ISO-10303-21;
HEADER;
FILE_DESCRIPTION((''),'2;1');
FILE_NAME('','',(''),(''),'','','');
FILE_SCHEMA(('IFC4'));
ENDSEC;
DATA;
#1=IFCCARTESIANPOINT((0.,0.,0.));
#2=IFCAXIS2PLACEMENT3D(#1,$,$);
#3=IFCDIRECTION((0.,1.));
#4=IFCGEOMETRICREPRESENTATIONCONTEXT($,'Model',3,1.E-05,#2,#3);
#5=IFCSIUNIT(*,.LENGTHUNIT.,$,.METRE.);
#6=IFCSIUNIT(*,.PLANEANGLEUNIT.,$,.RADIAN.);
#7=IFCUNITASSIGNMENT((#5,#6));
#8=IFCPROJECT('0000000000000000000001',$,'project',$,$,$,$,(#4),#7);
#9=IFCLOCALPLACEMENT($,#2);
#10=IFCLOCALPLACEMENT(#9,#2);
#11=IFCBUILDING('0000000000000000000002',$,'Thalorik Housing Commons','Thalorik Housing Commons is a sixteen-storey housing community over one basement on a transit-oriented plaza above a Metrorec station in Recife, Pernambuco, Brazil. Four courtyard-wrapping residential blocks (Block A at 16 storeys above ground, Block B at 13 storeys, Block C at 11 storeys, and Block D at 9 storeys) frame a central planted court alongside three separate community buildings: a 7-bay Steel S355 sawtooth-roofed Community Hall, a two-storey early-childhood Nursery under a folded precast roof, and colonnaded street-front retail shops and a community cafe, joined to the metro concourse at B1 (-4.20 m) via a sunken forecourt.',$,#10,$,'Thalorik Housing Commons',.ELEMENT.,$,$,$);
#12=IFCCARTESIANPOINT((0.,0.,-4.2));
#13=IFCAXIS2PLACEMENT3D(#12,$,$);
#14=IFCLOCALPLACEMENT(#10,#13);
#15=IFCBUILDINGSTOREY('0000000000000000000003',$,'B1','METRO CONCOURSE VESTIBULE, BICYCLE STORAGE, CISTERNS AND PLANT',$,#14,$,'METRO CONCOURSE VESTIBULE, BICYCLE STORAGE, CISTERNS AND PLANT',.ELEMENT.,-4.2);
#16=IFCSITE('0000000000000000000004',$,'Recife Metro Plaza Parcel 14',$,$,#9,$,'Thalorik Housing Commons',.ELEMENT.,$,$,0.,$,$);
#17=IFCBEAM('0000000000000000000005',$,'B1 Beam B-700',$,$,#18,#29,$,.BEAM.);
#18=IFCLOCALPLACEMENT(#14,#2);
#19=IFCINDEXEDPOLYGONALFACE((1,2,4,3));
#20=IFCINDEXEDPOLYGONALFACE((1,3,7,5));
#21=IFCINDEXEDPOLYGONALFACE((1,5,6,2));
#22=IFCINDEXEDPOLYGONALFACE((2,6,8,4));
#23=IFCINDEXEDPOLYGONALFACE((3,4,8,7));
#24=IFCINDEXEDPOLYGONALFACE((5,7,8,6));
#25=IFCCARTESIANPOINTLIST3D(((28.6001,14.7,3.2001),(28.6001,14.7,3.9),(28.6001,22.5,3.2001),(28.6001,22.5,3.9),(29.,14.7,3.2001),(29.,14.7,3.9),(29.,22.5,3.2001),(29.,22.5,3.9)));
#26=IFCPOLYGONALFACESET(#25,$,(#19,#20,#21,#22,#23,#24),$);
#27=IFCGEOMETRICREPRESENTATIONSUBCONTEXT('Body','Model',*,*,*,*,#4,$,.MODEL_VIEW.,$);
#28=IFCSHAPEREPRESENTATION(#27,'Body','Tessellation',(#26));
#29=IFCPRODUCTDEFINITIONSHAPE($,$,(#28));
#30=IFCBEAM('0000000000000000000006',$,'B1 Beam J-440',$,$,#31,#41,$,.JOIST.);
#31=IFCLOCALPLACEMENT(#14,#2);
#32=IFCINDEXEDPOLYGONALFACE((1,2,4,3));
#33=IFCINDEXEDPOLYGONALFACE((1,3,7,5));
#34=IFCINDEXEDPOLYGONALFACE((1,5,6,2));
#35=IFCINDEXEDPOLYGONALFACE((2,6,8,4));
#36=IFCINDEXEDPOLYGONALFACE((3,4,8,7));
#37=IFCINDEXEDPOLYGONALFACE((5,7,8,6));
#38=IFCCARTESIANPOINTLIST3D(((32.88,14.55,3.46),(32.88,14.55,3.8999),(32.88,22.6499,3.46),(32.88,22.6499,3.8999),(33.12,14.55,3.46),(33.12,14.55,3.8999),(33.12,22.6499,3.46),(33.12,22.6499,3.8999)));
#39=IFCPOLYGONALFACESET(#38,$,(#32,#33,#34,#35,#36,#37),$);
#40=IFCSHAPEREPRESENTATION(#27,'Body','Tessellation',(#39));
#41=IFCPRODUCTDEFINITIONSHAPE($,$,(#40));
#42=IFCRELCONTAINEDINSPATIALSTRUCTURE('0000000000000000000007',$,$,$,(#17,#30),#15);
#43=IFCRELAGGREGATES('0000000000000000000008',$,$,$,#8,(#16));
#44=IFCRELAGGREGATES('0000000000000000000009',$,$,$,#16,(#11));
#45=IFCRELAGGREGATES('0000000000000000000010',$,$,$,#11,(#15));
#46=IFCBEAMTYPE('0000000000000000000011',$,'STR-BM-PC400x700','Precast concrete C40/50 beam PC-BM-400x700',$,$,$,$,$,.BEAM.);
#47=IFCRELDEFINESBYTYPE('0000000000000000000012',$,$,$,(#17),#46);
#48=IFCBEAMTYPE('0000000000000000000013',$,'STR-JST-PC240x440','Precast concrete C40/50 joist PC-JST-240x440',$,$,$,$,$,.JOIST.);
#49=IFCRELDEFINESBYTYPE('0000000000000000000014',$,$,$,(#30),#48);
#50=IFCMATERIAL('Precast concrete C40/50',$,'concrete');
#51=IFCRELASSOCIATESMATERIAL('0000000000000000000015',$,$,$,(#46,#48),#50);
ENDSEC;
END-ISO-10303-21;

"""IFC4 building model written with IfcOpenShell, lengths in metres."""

from ifc_helpers import new_model, si_unit, direction, frame, origin, origin_2d, place, context, subcontext, project, spatial, rectangle, extrude, material, material_profile, profile_set, type_object, element, save


model = new_model("IFC4")

# Units and contexts
model_context = context("Model", 3, precision=1e-05, world=origin(), true_north=direction((0.0, 1.0)))
body_context = subcontext(model_context, "Body", "Model", "MODEL_VIEW")
ifc_project = project(units=[si_unit("LENGTHUNIT", "METRE"), si_unit("PLANEANGLEUNIT", "RADIAN")], contexts=[model_context])

# Site, building, storey
site_placement = place(None, origin())
site = spatial("IfcSite", under=ifc_project, at=site_placement, Name="Recife Metro Plaza Parcel 14", LongName="Thalorik Housing Commons", CompositionType="ELEMENT", RefElevation=0.0)
building_placement = place(site_placement, origin())
building = spatial("IfcBuilding", under=site, at=building_placement, Name="Thalorik Housing Commons", Description="Thalorik Housing Commons is a sixteen-storey housing community over one basement on a transit-oriented plaza above a Metrorec station in Recife, Pernambuco, Brazil. Four courtyard-wrapping residential blocks (Block A at 16 storeys above ground, Block B at 13 storeys, Block C at 11 storeys, and Block D at 9 storeys) frame a central planted court alongside three separate community buildings: a 7-bay Steel S355 sawtooth-roofed Community Hall, a two-storey early-childhood Nursery under a folded precast roof, and colonnaded street-front retail shops and a community cafe, joined to the metro concourse at B1 (-4.20 m) via a sunken forecourt.", LongName="Thalorik Housing Commons", CompositionType="ELEMENT")
storey_placement = place(building_placement, frame((0.0, 0.0, -4.2)))
storey = spatial("IfcBuildingStorey", under=building, at=storey_placement, Name="B1", Description="METRO CONCOURSE VESTIBULE, BICYCLE STORAGE, CISTERNS AND PLANT", LongName="METRO CONCOURSE VESTIBULE, BICYCLE STORAGE, CISTERNS AND PLANT", CompositionType="ELEMENT", Elevation=-4.2)

# Shared definitions
ifc_material_1 = material(Name="Precast concrete C40/50", Category="concrete")

# Beams
ifc_material_profile_1 = material_profile(ifc_material_1, rectangle(XDim=0.3999, YDim=0.7, at=origin_2d()), Name="PC 400x700", Category="concrete")
ifc_profile_set_1 = profile_set([ifc_material_profile_1], Name="Precast concrete C40/50")
beam_type_1 = type_object("IfcBeamType", Name="STR-BM-PC400x700", Description="Precast concrete C40/50 beam PC-BM-400x700", PredefinedType="BEAM", material=ifc_profile_set_1)
beam_1_placement = place(storey_placement, frame((28.8, 14.7, 3.55), z_axis=(0.0, 1.0, 0.0), x_axis=(-1.0, 0.0, 0.0)))
element("IfcBeam", 1, at=beam_1_placement, inside=storey, type_object=beam_type_1, Name="B1 Beam B-700", PredefinedType="BEAM", context=body_context, shape_type="SweptSolid", body=[
    extrude(rectangle(XDim=0.3999, YDim=0.7, at=origin_2d()), origin(), (0.0, 0.0, 1.0), 7.8),
])
ifc_material_profile_2 = material_profile(ifc_material_1, rectangle(XDim=0.24, YDim=0.4399, at=origin_2d()), Name="PC JST 240x440", Category="concrete")
ifc_profile_set_2 = profile_set([ifc_material_profile_2], Name="Precast concrete C40/50")
beam_type_2 = type_object("IfcBeamType", Name="STR-JST-PC240x440", Description="Precast concrete C40/50 joist PC-JST-240x440", PredefinedType="JOIST", material=ifc_profile_set_2)
beam_2_placement = place(storey_placement, frame((33.0, 14.55, 3.6799), z_axis=(0.0, 1.0, 0.0), x_axis=(-1.0, 0.0, 0.0)))
element("IfcBeam", 2, at=beam_2_placement, inside=storey, type_object=beam_type_2, Name="B1 Beam J-440", PredefinedType="JOIST", context=body_context, shape_type="SweptSolid", body=[
    extrude(rectangle(XDim=0.24, YDim=0.4399, at=origin_2d()), origin(), (0.0, 0.0, 1.0), 8.0999),
])

save(model, "model.ifc")
